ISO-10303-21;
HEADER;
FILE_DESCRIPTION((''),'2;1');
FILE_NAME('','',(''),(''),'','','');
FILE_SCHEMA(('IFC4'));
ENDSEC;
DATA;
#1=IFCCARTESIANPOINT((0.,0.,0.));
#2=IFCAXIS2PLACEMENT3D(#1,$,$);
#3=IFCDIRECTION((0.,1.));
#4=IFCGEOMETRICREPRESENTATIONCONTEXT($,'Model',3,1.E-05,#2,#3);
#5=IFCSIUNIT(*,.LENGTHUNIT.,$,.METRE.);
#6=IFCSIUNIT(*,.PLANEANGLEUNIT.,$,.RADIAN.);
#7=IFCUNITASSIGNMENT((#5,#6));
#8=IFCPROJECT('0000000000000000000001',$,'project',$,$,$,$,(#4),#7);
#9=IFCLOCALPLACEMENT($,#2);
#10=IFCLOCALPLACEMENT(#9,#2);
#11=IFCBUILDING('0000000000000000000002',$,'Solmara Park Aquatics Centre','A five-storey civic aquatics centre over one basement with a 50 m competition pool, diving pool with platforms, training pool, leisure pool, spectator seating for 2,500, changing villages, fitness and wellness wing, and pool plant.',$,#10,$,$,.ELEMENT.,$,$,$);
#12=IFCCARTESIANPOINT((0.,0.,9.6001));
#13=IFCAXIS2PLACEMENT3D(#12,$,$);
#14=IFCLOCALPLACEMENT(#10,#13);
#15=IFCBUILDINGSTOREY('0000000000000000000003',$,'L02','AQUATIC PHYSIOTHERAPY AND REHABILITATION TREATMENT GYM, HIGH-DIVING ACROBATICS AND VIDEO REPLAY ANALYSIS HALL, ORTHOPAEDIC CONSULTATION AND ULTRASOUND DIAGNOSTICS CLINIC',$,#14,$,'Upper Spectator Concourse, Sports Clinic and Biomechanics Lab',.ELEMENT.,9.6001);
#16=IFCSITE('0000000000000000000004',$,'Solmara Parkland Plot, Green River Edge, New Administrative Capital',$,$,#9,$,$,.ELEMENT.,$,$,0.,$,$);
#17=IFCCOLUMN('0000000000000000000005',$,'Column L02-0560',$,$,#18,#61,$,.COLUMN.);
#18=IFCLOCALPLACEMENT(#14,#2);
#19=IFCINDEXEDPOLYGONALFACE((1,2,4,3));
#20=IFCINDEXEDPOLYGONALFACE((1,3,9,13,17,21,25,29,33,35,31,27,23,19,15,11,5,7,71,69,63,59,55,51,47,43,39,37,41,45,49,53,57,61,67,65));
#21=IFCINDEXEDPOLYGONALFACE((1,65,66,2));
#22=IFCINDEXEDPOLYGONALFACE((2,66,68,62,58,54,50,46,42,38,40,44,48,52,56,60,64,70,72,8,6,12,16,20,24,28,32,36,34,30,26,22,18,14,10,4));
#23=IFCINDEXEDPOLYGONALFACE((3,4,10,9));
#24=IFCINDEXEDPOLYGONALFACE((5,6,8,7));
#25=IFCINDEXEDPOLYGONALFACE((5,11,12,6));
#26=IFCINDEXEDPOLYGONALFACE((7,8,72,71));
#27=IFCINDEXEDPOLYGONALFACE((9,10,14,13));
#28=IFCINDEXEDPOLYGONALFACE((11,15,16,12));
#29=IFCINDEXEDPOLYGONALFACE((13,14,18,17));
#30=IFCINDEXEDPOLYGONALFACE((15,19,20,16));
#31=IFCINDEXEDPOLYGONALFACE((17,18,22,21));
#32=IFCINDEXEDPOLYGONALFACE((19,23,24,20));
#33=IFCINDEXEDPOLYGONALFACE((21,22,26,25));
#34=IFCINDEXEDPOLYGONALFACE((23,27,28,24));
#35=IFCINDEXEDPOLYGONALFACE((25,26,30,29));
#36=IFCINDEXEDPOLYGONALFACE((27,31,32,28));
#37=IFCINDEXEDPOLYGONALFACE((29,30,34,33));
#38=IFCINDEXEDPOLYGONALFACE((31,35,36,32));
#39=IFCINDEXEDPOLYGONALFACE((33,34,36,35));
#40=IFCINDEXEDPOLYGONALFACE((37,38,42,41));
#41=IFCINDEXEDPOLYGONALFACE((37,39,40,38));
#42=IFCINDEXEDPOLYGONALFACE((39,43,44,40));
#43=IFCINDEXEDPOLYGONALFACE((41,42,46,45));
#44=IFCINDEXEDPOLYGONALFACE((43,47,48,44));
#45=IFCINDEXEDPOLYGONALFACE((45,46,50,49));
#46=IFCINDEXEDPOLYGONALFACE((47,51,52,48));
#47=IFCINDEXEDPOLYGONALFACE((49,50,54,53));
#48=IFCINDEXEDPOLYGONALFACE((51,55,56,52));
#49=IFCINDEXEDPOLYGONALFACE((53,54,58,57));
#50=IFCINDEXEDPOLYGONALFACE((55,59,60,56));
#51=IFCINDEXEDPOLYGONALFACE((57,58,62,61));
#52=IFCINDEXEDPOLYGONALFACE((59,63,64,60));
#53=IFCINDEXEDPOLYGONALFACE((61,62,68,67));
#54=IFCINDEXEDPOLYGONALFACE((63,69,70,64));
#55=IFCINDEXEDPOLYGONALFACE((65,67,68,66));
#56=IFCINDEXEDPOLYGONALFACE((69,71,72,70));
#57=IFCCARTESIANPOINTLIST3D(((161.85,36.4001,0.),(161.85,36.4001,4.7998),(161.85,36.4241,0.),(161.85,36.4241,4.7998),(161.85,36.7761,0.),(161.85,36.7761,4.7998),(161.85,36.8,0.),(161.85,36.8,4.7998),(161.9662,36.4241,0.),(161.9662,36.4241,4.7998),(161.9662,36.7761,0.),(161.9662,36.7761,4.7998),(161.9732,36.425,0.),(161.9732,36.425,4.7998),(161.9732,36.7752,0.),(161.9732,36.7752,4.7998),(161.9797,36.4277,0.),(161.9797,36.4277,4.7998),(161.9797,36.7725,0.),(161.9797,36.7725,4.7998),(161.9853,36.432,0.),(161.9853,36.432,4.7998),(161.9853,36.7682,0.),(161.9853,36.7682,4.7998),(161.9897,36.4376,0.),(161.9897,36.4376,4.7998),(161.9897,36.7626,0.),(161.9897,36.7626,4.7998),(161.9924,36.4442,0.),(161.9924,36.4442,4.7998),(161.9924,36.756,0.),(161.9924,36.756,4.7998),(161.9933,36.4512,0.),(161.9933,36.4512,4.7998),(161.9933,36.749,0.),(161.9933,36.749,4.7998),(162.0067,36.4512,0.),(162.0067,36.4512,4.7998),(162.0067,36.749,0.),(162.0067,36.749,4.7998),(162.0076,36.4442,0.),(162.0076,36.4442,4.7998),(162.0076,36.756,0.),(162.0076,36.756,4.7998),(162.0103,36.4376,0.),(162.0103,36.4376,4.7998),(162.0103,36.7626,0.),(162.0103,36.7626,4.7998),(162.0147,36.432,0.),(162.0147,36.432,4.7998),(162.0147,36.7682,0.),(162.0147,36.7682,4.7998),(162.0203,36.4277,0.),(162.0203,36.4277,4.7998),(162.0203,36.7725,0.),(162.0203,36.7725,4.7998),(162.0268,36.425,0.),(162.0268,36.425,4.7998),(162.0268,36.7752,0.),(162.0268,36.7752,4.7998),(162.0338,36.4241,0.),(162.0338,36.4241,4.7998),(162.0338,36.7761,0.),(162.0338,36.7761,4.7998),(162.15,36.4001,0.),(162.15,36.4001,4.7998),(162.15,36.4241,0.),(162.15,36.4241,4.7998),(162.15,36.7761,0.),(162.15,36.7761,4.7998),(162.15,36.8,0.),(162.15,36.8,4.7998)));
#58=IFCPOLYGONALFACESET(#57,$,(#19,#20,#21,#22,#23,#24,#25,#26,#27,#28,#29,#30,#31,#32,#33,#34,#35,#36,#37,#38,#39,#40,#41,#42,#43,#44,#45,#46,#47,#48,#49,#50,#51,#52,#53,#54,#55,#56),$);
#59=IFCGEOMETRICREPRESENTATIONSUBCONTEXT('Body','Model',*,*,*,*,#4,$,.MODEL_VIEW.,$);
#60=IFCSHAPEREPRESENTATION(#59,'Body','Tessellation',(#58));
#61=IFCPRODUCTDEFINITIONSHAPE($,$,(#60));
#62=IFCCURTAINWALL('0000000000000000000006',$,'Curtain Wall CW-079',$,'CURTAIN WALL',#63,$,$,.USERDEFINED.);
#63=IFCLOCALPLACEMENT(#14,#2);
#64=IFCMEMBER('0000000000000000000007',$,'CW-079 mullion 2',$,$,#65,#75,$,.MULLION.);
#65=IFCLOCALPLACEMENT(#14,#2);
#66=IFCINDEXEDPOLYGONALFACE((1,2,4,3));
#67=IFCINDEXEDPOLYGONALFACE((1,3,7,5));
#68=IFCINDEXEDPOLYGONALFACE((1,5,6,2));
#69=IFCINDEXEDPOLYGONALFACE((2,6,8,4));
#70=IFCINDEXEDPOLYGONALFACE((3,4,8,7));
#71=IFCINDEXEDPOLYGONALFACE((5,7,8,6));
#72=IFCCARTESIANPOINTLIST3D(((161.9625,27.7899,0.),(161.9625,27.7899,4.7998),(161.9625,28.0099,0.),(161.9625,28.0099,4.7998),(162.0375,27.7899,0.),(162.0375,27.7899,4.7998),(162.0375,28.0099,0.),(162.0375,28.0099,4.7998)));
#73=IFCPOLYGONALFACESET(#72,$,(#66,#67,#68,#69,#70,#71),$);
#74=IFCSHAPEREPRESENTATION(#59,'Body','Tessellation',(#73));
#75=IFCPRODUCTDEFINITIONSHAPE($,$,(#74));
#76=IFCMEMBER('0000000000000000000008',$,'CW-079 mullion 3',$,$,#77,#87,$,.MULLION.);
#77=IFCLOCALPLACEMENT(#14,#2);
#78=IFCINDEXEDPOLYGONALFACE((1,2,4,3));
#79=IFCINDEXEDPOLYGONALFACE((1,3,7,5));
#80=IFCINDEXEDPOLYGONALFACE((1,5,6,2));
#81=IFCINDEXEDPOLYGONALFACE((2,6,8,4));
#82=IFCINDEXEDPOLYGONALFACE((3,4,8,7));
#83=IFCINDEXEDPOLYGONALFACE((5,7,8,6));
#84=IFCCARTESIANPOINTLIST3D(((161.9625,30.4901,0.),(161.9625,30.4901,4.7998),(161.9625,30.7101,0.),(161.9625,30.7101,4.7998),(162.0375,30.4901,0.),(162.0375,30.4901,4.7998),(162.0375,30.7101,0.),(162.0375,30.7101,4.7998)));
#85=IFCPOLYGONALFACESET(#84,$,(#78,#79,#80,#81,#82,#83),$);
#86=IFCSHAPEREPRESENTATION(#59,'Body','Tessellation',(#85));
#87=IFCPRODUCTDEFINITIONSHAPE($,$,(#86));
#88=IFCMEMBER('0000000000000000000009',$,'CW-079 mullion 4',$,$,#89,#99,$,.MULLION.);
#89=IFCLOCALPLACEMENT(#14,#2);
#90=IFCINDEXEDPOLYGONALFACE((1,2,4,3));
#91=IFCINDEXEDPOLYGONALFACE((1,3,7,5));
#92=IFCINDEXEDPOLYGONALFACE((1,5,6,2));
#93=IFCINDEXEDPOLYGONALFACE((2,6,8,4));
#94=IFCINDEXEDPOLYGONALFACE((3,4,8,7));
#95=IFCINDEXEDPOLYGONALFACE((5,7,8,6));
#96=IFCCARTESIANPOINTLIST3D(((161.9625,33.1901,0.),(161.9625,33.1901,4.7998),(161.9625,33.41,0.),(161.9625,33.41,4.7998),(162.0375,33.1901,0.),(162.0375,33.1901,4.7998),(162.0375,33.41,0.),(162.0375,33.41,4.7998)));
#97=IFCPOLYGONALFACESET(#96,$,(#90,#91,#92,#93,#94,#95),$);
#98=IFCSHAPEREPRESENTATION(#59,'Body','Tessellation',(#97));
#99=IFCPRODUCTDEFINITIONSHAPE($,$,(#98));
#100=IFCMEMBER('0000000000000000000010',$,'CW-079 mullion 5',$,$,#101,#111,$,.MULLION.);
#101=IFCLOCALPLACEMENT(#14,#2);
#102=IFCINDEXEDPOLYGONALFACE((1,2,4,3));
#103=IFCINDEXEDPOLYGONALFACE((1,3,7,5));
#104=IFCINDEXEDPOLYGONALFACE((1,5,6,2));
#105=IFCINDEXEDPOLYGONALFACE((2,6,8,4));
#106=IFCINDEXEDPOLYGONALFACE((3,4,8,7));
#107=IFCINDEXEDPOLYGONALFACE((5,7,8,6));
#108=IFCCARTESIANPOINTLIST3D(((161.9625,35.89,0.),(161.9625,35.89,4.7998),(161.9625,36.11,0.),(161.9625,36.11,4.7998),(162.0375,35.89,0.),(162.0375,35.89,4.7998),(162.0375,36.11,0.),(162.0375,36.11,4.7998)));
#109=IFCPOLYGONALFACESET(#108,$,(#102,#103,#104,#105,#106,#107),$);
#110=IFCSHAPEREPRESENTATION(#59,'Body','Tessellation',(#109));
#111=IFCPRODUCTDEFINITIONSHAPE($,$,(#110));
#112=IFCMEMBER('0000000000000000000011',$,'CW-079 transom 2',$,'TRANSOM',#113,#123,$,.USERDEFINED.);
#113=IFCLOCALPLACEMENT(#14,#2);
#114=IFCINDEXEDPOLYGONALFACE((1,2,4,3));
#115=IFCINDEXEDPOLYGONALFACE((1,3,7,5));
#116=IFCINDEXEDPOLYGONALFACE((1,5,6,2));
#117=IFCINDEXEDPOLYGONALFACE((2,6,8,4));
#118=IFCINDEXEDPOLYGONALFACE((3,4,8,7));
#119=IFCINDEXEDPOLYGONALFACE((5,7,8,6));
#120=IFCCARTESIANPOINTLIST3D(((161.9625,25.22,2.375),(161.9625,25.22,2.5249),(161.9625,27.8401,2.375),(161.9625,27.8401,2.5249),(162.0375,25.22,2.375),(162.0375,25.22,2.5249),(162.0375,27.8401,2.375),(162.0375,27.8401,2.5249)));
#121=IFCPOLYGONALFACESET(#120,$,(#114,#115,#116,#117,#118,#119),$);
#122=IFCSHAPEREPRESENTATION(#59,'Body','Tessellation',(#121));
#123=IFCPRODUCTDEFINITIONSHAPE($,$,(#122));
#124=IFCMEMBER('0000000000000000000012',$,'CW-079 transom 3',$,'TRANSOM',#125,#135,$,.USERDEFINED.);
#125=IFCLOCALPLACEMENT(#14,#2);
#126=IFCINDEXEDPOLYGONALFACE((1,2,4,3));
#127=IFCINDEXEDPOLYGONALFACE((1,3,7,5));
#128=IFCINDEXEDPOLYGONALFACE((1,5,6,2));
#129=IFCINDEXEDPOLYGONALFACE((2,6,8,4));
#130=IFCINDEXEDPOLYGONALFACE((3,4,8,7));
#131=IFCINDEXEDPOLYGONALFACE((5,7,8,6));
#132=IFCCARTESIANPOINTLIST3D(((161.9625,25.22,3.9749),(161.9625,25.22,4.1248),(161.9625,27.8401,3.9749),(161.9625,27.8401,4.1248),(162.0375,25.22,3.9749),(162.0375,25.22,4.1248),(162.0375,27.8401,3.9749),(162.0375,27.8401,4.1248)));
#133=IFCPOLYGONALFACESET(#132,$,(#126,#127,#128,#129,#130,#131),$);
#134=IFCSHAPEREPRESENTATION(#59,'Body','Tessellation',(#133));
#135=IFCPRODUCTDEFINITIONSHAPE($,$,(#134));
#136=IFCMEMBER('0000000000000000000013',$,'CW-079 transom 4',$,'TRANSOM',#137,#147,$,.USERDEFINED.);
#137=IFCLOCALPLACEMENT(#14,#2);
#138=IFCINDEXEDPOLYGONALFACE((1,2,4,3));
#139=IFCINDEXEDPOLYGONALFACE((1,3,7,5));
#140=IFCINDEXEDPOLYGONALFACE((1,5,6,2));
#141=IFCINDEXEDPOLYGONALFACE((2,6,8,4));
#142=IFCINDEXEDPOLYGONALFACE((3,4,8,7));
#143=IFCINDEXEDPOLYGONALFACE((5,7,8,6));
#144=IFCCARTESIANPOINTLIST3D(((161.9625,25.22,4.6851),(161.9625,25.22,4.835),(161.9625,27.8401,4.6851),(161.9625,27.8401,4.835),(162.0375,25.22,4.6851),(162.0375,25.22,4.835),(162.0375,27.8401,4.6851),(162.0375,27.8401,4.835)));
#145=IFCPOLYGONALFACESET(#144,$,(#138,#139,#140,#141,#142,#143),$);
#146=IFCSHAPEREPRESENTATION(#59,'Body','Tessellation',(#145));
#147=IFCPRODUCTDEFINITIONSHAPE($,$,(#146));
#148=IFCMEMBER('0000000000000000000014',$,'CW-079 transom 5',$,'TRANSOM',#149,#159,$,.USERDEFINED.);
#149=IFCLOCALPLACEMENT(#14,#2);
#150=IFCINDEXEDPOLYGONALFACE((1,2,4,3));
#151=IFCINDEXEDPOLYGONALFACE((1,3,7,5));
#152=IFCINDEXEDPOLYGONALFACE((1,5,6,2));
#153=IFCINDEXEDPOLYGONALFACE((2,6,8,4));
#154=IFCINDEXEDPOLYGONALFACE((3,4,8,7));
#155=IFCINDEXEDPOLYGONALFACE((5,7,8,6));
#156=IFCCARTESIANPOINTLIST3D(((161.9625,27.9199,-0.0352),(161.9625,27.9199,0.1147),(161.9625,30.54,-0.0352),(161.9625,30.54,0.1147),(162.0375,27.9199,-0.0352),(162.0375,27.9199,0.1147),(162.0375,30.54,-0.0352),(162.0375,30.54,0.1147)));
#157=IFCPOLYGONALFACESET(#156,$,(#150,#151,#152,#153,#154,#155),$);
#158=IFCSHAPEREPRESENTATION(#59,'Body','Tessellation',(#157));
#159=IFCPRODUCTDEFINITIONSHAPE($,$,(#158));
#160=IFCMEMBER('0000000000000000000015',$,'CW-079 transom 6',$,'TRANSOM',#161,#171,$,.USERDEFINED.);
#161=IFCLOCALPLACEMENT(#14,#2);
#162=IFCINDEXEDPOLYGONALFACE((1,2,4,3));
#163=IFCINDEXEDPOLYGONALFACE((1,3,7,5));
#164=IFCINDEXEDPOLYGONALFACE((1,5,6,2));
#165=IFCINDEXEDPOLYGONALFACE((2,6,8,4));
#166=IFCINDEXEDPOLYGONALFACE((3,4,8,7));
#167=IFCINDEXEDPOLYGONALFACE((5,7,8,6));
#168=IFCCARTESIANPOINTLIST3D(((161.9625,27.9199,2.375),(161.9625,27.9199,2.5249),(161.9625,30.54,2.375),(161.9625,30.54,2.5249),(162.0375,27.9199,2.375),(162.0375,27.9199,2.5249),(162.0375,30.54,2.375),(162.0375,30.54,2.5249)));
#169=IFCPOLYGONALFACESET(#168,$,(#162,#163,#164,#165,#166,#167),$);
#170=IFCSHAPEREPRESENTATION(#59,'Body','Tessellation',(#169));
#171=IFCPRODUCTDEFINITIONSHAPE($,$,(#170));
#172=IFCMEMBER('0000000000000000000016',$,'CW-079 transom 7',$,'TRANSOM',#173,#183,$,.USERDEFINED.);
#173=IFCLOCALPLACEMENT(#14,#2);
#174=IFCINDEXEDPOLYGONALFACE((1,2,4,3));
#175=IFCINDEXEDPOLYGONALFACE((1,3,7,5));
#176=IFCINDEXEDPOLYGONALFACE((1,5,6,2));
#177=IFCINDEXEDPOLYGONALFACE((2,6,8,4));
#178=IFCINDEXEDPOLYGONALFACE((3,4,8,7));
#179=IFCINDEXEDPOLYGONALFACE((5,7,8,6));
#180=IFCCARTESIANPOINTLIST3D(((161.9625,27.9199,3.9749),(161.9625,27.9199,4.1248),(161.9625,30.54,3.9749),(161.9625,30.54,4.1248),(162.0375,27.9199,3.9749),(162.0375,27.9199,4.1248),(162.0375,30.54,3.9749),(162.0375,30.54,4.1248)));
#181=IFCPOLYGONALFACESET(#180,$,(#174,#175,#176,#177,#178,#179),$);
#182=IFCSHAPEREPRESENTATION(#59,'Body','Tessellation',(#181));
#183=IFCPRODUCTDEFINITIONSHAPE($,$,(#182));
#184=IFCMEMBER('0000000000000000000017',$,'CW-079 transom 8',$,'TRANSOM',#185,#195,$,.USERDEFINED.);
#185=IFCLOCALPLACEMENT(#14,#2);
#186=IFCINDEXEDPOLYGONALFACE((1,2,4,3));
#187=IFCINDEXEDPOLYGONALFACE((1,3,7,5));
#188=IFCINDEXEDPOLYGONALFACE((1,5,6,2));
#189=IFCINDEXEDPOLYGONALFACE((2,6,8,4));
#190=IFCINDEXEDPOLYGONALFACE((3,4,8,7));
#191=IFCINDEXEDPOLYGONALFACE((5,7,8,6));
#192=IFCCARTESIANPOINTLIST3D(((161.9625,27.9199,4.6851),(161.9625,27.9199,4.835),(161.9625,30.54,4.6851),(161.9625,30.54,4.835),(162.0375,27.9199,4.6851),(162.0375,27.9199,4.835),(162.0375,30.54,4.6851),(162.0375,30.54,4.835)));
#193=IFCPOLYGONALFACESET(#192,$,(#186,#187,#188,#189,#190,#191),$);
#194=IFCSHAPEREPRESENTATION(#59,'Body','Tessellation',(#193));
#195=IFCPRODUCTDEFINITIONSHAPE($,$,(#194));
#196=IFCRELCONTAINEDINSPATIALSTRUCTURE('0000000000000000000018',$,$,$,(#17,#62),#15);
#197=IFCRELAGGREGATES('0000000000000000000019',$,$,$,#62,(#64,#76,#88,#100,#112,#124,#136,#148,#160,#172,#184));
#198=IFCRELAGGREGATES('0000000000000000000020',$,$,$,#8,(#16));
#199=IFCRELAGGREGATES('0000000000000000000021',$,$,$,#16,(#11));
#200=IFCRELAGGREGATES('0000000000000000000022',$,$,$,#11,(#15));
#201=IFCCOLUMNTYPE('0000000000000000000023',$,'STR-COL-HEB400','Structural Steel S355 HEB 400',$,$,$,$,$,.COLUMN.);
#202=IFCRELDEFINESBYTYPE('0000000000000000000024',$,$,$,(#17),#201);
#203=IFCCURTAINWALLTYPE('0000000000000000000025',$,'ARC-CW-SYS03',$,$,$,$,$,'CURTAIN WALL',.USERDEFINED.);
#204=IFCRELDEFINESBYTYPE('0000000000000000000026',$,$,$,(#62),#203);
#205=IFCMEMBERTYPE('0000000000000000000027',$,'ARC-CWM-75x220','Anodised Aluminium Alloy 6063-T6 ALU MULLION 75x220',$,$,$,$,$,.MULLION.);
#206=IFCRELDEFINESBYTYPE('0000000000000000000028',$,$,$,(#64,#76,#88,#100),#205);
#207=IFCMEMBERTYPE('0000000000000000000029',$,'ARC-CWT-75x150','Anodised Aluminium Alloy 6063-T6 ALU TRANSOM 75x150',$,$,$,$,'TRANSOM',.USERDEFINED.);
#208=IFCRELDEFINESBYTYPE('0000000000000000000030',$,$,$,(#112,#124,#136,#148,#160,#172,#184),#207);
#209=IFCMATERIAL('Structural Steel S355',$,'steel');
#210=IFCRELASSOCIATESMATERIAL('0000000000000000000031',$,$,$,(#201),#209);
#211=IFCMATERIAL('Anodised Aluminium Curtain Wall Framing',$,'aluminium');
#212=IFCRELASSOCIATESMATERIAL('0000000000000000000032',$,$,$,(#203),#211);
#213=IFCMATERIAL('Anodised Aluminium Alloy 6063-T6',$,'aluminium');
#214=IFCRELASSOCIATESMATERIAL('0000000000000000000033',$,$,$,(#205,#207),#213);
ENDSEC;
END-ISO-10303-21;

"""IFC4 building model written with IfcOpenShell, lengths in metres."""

from ifc_helpers import new_model, si_unit, direction, frame, origin, origin_2d, place, context, subcontext, project, spatial, rectangle, i_section, extrude, material, material_profile, profile_set, type_object, element, aggregate, save


model = new_model("IFC4")

# Units and contexts
model_context = context("Model", 3, precision=1e-05, world=origin(), true_north=direction((0.0, 1.0)))
body_context = subcontext(model_context, "Body", "Model", "MODEL_VIEW")
ifc_project = project(units=[si_unit("LENGTHUNIT", "METRE"), si_unit("PLANEANGLEUNIT", "RADIAN")], contexts=[model_context])

# Site, building, storey
site_placement = place(None, origin())
site = spatial("IfcSite", under=ifc_project, at=site_placement, Name="Solmara Parkland Plot, Green River Edge, New Administrative Capital", CompositionType="ELEMENT", RefElevation=0.0)
building_placement = place(site_placement, origin())
building = spatial("IfcBuilding", under=site, at=building_placement, Name="Solmara Park Aquatics Centre", Description="A five-storey civic aquatics centre over one basement with a 50 m competition pool, diving pool with platforms, training pool, leisure pool, spectator seating for 2,500, changing villages, fitness and wellness wing, and pool plant.", CompositionType="ELEMENT")
storey_placement = place(building_placement, frame((0.0, 0.0, 9.6001)))
storey = spatial("IfcBuildingStorey", under=building, at=storey_placement, Name="L02", Description="AQUATIC PHYSIOTHERAPY AND REHABILITATION TREATMENT GYM, HIGH-DIVING ACROBATICS AND VIDEO REPLAY ANALYSIS HALL, ORTHOPAEDIC CONSULTATION AND ULTRASOUND DIAGNOSTICS CLINIC", LongName="Upper Spectator Concourse, Sports Clinic and Biomechanics Lab", CompositionType="ELEMENT", Elevation=9.6001)

# Column
ifc_material_1 = material(Name="Structural Steel S355", Category="steel")
ifc_material_profile_1 = material_profile(ifc_material_1, i_section(OverallWidth=0.3, OverallDepth=0.3999, WebThickness=0.0134, FlangeThickness=0.0239, FilletRadius=0.0271, at=origin_2d()), Name="HEB 400")
ifc_profile_set_1 = profile_set([ifc_material_profile_1], Name="Structural Steel S355")
column_type = type_object("IfcColumnType", Name="STR-COL-HEB400", Description="Structural Steel S355 HEB 400", PredefinedType="COLUMN", material=ifc_profile_set_1)
column_placement = place(storey_placement, frame((162.0, 36.6001, 0.0), z_axis=(0.0, 0.0, 1.0), x_axis=(1.0, 0.0, 0.0)))
element("IfcColumn", 1, at=column_placement, inside=storey, type_object=column_type, Name="Column L02-0560", PredefinedType="COLUMN", context=body_context, shape_type="SweptSolid", body=[
    extrude(i_section(OverallWidth=0.3, OverallDepth=0.3999, WebThickness=0.0134, FlangeThickness=0.0239, FilletRadius=0.0271, at=origin_2d()), origin(), (0.0, 0.0, 1.0), 4.7998),
])

# Curtain wall, members
ifc_material_2 = material(Name="Anodised Aluminium Curtain Wall Framing", Category="aluminium")
curtain_wall_type = type_object("IfcCurtainWallType", Name="ARC-CW-SYS03", ElementType="CURTAIN WALL", PredefinedType="USERDEFINED", material=ifc_material_2)
curtain_wall_placement = place(storey_placement, origin())
curtain_wall = element("IfcCurtainWall", 2, at=curtain_wall_placement, inside=storey, type_object=curtain_wall_type, Name="Curtain Wall CW-079", ObjectType="CURTAIN WALL", PredefinedType="USERDEFINED")
ifc_material_3 = material(Name="Anodised Aluminium Alloy 6063-T6", Category="aluminium")
ifc_material_profile_2 = material_profile(ifc_material_3, rectangle(XDim=0.075, YDim=0.22, at=origin_2d()), Name="ALU MULLION 75x220")
ifc_profile_set_2 = profile_set([ifc_material_profile_2], Name="Anodised Aluminium Alloy 6063-T6")
member_type_1 = type_object("IfcMemberType", Name="ARC-CWM-75x220", Description="Anodised Aluminium Alloy 6063-T6 ALU MULLION 75x220", PredefinedType="MULLION", material=ifc_profile_set_2)
member_1_placement = place(storey_placement, frame((162.0, 27.8999, 0.0), z_axis=(0.0, 0.0, 1.0), x_axis=(1.0, 0.0, 0.0)))
member_1 = element("IfcMember", 3, at=member_1_placement, type_object=member_type_1, Name="CW-079 mullion 2", PredefinedType="MULLION", context=body_context, shape_type="SweptSolid", body=[
    extrude(rectangle(XDim=0.075, YDim=0.22, at=origin_2d()), origin(), (0.0, 0.0, 1.0), 4.7998),
])
member_2_placement = place(storey_placement, frame((162.0, 30.6001, 0.0), z_axis=(0.0, 0.0, 1.0), x_axis=(1.0, 0.0, 0.0)))
member_2 = element("IfcMember", 4, at=member_2_placement, type_object=member_type_1, Name="CW-079 mullion 3", PredefinedType="MULLION", context=body_context, shape_type="SweptSolid", body=[
    extrude(rectangle(XDim=0.075, YDim=0.22, at=origin_2d()), origin(), (0.0, 0.0, 1.0), 4.7998),
])
member_3_placement = place(storey_placement, frame((162.0, 33.3, 0.0), z_axis=(0.0, 0.0, 1.0), x_axis=(1.0, 0.0, 0.0)))
member_3 = element("IfcMember", 5, at=member_3_placement, type_object=member_type_1, Name="CW-079 mullion 4", PredefinedType="MULLION", context=body_context, shape_type="SweptSolid", body=[
    extrude(rectangle(XDim=0.075, YDim=0.22, at=origin_2d()), origin(), (0.0, 0.0, 1.0), 4.7998),
])
member_4_placement = place(storey_placement, frame((162.0, 36.0, 0.0), z_axis=(0.0, 0.0, 1.0), x_axis=(1.0, 0.0, 0.0)))
member_4 = element("IfcMember", 6, at=member_4_placement, type_object=member_type_1, Name="CW-079 mullion 5", PredefinedType="MULLION", context=body_context, shape_type="SweptSolid", body=[
    extrude(rectangle(XDim=0.075, YDim=0.22, at=origin_2d()), origin(), (0.0, 0.0, 1.0), 4.7998),
])
ifc_material_profile_3 = material_profile(ifc_material_3, rectangle(XDim=0.075, YDim=0.1499, at=origin_2d()), Name="ALU TRANSOM 75x150")
ifc_profile_set_3 = profile_set([ifc_material_profile_3], Name="Anodised Aluminium Alloy 6063-T6")
member_type_2 = type_object("IfcMemberType", Name="ARC-CWT-75x150", Description="Anodised Aluminium Alloy 6063-T6 ALU TRANSOM 75x150", ElementType="TRANSOM", PredefinedType="USERDEFINED", material=ifc_profile_set_3)
member_5_placement = place(storey_placement, frame((162.0, 25.22, 2.45), z_axis=(0.0, 1.0, 0.0), x_axis=(-1.0, 0.0, 0.0)))
member_5 = element("IfcMember", 7, at=member_5_placement, type_object=member_type_2, Name="CW-079 transom 2", ObjectType="TRANSOM", PredefinedType="USERDEFINED", context=body_context, shape_type="SweptSolid", body=[
    extrude(rectangle(XDim=0.075, YDim=0.1499, at=origin_2d()), origin(), (0.0, 0.0, 1.0), 2.6201),
])
member_6_placement = place(storey_placement, frame((162.0, 25.22, 4.0498), z_axis=(0.0, 1.0, 0.0), x_axis=(-1.0, 0.0, 0.0)))
member_6 = element("IfcMember", 8, at=member_6_placement, type_object=member_type_2, Name="CW-079 transom 3", ObjectType="TRANSOM", PredefinedType="USERDEFINED", context=body_context, shape_type="SweptSolid", body=[
    extrude(rectangle(XDim=0.075, YDim=0.1499, at=origin_2d()), origin(), (0.0, 0.0, 1.0), 2.6201),
])
member_7_placement = place(storey_placement, frame((162.0, 25.22, 4.76), z_axis=(0.0, 1.0, 0.0), x_axis=(-1.0, 0.0, 0.0)))
member_7 = element("IfcMember", 9, at=member_7_placement, type_object=member_type_2, Name="CW-079 transom 4", ObjectType="TRANSOM", PredefinedType="USERDEFINED", context=body_context, shape_type="SweptSolid", body=[
    extrude(rectangle(XDim=0.075, YDim=0.1499, at=origin_2d()), origin(), (0.0, 0.0, 1.0), 2.6201),
])
member_8_placement = place(storey_placement, frame((162.0, 27.9199, 0.0398), z_axis=(0.0, 1.0, 0.0), x_axis=(-1.0, 0.0, 0.0)))
member_8 = element("IfcMember", 10, at=member_8_placement, type_object=member_type_2, Name="CW-079 transom 5", ObjectType="TRANSOM", PredefinedType="USERDEFINED", context=body_context, shape_type="SweptSolid", body=[
    extrude(rectangle(XDim=0.075, YDim=0.1499, at=origin_2d()), origin(), (0.0, 0.0, 1.0), 2.6201),
])
member_9_placement = place(storey_placement, frame((162.0, 27.9199, 2.45), z_axis=(0.0, 1.0, 0.0), x_axis=(-1.0, 0.0, 0.0)))
member_9 = element("IfcMember", 11, at=member_9_placement, type_object=member_type_2, Name="CW-079 transom 6", ObjectType="TRANSOM", PredefinedType="USERDEFINED", context=body_context, shape_type="SweptSolid", body=[
    extrude(rectangle(XDim=0.075, YDim=0.1499, at=origin_2d()), origin(), (0.0, 0.0, 1.0), 2.6201),
])
member_10_placement = place(storey_placement, frame((162.0, 27.9199, 4.0498), z_axis=(0.0, 1.0, 0.0), x_axis=(-1.0, 0.0, 0.0)))
member_10 = element("IfcMember", 12, at=member_10_placement, type_object=member_type_2, Name="CW-079 transom 7", ObjectType="TRANSOM", PredefinedType="USERDEFINED", context=body_context, shape_type="SweptSolid", body=[
    extrude(rectangle(XDim=0.075, YDim=0.1499, at=origin_2d()), origin(), (0.0, 0.0, 1.0), 2.6201),
])
member_11_placement = place(storey_placement, frame((162.0, 27.9199, 4.76), z_axis=(0.0, 1.0, 0.0), x_axis=(-1.0, 0.0, 0.0)))
member_11 = element("IfcMember", 13, at=member_11_placement, type_object=member_type_2, Name="CW-079 transom 8", ObjectType="TRANSOM", PredefinedType="USERDEFINED", context=body_context, shape_type="SweptSolid", body=[
    extrude(rectangle(XDim=0.075, YDim=0.1499, at=origin_2d()), origin(), (0.0, 0.0, 1.0), 2.6201),
])
aggregate(curtain_wall, [member_1, member_2, member_3, member_4, member_5, member_6, member_7, member_8, member_9, member_10, member_11])

save(model, "model.ifc")
